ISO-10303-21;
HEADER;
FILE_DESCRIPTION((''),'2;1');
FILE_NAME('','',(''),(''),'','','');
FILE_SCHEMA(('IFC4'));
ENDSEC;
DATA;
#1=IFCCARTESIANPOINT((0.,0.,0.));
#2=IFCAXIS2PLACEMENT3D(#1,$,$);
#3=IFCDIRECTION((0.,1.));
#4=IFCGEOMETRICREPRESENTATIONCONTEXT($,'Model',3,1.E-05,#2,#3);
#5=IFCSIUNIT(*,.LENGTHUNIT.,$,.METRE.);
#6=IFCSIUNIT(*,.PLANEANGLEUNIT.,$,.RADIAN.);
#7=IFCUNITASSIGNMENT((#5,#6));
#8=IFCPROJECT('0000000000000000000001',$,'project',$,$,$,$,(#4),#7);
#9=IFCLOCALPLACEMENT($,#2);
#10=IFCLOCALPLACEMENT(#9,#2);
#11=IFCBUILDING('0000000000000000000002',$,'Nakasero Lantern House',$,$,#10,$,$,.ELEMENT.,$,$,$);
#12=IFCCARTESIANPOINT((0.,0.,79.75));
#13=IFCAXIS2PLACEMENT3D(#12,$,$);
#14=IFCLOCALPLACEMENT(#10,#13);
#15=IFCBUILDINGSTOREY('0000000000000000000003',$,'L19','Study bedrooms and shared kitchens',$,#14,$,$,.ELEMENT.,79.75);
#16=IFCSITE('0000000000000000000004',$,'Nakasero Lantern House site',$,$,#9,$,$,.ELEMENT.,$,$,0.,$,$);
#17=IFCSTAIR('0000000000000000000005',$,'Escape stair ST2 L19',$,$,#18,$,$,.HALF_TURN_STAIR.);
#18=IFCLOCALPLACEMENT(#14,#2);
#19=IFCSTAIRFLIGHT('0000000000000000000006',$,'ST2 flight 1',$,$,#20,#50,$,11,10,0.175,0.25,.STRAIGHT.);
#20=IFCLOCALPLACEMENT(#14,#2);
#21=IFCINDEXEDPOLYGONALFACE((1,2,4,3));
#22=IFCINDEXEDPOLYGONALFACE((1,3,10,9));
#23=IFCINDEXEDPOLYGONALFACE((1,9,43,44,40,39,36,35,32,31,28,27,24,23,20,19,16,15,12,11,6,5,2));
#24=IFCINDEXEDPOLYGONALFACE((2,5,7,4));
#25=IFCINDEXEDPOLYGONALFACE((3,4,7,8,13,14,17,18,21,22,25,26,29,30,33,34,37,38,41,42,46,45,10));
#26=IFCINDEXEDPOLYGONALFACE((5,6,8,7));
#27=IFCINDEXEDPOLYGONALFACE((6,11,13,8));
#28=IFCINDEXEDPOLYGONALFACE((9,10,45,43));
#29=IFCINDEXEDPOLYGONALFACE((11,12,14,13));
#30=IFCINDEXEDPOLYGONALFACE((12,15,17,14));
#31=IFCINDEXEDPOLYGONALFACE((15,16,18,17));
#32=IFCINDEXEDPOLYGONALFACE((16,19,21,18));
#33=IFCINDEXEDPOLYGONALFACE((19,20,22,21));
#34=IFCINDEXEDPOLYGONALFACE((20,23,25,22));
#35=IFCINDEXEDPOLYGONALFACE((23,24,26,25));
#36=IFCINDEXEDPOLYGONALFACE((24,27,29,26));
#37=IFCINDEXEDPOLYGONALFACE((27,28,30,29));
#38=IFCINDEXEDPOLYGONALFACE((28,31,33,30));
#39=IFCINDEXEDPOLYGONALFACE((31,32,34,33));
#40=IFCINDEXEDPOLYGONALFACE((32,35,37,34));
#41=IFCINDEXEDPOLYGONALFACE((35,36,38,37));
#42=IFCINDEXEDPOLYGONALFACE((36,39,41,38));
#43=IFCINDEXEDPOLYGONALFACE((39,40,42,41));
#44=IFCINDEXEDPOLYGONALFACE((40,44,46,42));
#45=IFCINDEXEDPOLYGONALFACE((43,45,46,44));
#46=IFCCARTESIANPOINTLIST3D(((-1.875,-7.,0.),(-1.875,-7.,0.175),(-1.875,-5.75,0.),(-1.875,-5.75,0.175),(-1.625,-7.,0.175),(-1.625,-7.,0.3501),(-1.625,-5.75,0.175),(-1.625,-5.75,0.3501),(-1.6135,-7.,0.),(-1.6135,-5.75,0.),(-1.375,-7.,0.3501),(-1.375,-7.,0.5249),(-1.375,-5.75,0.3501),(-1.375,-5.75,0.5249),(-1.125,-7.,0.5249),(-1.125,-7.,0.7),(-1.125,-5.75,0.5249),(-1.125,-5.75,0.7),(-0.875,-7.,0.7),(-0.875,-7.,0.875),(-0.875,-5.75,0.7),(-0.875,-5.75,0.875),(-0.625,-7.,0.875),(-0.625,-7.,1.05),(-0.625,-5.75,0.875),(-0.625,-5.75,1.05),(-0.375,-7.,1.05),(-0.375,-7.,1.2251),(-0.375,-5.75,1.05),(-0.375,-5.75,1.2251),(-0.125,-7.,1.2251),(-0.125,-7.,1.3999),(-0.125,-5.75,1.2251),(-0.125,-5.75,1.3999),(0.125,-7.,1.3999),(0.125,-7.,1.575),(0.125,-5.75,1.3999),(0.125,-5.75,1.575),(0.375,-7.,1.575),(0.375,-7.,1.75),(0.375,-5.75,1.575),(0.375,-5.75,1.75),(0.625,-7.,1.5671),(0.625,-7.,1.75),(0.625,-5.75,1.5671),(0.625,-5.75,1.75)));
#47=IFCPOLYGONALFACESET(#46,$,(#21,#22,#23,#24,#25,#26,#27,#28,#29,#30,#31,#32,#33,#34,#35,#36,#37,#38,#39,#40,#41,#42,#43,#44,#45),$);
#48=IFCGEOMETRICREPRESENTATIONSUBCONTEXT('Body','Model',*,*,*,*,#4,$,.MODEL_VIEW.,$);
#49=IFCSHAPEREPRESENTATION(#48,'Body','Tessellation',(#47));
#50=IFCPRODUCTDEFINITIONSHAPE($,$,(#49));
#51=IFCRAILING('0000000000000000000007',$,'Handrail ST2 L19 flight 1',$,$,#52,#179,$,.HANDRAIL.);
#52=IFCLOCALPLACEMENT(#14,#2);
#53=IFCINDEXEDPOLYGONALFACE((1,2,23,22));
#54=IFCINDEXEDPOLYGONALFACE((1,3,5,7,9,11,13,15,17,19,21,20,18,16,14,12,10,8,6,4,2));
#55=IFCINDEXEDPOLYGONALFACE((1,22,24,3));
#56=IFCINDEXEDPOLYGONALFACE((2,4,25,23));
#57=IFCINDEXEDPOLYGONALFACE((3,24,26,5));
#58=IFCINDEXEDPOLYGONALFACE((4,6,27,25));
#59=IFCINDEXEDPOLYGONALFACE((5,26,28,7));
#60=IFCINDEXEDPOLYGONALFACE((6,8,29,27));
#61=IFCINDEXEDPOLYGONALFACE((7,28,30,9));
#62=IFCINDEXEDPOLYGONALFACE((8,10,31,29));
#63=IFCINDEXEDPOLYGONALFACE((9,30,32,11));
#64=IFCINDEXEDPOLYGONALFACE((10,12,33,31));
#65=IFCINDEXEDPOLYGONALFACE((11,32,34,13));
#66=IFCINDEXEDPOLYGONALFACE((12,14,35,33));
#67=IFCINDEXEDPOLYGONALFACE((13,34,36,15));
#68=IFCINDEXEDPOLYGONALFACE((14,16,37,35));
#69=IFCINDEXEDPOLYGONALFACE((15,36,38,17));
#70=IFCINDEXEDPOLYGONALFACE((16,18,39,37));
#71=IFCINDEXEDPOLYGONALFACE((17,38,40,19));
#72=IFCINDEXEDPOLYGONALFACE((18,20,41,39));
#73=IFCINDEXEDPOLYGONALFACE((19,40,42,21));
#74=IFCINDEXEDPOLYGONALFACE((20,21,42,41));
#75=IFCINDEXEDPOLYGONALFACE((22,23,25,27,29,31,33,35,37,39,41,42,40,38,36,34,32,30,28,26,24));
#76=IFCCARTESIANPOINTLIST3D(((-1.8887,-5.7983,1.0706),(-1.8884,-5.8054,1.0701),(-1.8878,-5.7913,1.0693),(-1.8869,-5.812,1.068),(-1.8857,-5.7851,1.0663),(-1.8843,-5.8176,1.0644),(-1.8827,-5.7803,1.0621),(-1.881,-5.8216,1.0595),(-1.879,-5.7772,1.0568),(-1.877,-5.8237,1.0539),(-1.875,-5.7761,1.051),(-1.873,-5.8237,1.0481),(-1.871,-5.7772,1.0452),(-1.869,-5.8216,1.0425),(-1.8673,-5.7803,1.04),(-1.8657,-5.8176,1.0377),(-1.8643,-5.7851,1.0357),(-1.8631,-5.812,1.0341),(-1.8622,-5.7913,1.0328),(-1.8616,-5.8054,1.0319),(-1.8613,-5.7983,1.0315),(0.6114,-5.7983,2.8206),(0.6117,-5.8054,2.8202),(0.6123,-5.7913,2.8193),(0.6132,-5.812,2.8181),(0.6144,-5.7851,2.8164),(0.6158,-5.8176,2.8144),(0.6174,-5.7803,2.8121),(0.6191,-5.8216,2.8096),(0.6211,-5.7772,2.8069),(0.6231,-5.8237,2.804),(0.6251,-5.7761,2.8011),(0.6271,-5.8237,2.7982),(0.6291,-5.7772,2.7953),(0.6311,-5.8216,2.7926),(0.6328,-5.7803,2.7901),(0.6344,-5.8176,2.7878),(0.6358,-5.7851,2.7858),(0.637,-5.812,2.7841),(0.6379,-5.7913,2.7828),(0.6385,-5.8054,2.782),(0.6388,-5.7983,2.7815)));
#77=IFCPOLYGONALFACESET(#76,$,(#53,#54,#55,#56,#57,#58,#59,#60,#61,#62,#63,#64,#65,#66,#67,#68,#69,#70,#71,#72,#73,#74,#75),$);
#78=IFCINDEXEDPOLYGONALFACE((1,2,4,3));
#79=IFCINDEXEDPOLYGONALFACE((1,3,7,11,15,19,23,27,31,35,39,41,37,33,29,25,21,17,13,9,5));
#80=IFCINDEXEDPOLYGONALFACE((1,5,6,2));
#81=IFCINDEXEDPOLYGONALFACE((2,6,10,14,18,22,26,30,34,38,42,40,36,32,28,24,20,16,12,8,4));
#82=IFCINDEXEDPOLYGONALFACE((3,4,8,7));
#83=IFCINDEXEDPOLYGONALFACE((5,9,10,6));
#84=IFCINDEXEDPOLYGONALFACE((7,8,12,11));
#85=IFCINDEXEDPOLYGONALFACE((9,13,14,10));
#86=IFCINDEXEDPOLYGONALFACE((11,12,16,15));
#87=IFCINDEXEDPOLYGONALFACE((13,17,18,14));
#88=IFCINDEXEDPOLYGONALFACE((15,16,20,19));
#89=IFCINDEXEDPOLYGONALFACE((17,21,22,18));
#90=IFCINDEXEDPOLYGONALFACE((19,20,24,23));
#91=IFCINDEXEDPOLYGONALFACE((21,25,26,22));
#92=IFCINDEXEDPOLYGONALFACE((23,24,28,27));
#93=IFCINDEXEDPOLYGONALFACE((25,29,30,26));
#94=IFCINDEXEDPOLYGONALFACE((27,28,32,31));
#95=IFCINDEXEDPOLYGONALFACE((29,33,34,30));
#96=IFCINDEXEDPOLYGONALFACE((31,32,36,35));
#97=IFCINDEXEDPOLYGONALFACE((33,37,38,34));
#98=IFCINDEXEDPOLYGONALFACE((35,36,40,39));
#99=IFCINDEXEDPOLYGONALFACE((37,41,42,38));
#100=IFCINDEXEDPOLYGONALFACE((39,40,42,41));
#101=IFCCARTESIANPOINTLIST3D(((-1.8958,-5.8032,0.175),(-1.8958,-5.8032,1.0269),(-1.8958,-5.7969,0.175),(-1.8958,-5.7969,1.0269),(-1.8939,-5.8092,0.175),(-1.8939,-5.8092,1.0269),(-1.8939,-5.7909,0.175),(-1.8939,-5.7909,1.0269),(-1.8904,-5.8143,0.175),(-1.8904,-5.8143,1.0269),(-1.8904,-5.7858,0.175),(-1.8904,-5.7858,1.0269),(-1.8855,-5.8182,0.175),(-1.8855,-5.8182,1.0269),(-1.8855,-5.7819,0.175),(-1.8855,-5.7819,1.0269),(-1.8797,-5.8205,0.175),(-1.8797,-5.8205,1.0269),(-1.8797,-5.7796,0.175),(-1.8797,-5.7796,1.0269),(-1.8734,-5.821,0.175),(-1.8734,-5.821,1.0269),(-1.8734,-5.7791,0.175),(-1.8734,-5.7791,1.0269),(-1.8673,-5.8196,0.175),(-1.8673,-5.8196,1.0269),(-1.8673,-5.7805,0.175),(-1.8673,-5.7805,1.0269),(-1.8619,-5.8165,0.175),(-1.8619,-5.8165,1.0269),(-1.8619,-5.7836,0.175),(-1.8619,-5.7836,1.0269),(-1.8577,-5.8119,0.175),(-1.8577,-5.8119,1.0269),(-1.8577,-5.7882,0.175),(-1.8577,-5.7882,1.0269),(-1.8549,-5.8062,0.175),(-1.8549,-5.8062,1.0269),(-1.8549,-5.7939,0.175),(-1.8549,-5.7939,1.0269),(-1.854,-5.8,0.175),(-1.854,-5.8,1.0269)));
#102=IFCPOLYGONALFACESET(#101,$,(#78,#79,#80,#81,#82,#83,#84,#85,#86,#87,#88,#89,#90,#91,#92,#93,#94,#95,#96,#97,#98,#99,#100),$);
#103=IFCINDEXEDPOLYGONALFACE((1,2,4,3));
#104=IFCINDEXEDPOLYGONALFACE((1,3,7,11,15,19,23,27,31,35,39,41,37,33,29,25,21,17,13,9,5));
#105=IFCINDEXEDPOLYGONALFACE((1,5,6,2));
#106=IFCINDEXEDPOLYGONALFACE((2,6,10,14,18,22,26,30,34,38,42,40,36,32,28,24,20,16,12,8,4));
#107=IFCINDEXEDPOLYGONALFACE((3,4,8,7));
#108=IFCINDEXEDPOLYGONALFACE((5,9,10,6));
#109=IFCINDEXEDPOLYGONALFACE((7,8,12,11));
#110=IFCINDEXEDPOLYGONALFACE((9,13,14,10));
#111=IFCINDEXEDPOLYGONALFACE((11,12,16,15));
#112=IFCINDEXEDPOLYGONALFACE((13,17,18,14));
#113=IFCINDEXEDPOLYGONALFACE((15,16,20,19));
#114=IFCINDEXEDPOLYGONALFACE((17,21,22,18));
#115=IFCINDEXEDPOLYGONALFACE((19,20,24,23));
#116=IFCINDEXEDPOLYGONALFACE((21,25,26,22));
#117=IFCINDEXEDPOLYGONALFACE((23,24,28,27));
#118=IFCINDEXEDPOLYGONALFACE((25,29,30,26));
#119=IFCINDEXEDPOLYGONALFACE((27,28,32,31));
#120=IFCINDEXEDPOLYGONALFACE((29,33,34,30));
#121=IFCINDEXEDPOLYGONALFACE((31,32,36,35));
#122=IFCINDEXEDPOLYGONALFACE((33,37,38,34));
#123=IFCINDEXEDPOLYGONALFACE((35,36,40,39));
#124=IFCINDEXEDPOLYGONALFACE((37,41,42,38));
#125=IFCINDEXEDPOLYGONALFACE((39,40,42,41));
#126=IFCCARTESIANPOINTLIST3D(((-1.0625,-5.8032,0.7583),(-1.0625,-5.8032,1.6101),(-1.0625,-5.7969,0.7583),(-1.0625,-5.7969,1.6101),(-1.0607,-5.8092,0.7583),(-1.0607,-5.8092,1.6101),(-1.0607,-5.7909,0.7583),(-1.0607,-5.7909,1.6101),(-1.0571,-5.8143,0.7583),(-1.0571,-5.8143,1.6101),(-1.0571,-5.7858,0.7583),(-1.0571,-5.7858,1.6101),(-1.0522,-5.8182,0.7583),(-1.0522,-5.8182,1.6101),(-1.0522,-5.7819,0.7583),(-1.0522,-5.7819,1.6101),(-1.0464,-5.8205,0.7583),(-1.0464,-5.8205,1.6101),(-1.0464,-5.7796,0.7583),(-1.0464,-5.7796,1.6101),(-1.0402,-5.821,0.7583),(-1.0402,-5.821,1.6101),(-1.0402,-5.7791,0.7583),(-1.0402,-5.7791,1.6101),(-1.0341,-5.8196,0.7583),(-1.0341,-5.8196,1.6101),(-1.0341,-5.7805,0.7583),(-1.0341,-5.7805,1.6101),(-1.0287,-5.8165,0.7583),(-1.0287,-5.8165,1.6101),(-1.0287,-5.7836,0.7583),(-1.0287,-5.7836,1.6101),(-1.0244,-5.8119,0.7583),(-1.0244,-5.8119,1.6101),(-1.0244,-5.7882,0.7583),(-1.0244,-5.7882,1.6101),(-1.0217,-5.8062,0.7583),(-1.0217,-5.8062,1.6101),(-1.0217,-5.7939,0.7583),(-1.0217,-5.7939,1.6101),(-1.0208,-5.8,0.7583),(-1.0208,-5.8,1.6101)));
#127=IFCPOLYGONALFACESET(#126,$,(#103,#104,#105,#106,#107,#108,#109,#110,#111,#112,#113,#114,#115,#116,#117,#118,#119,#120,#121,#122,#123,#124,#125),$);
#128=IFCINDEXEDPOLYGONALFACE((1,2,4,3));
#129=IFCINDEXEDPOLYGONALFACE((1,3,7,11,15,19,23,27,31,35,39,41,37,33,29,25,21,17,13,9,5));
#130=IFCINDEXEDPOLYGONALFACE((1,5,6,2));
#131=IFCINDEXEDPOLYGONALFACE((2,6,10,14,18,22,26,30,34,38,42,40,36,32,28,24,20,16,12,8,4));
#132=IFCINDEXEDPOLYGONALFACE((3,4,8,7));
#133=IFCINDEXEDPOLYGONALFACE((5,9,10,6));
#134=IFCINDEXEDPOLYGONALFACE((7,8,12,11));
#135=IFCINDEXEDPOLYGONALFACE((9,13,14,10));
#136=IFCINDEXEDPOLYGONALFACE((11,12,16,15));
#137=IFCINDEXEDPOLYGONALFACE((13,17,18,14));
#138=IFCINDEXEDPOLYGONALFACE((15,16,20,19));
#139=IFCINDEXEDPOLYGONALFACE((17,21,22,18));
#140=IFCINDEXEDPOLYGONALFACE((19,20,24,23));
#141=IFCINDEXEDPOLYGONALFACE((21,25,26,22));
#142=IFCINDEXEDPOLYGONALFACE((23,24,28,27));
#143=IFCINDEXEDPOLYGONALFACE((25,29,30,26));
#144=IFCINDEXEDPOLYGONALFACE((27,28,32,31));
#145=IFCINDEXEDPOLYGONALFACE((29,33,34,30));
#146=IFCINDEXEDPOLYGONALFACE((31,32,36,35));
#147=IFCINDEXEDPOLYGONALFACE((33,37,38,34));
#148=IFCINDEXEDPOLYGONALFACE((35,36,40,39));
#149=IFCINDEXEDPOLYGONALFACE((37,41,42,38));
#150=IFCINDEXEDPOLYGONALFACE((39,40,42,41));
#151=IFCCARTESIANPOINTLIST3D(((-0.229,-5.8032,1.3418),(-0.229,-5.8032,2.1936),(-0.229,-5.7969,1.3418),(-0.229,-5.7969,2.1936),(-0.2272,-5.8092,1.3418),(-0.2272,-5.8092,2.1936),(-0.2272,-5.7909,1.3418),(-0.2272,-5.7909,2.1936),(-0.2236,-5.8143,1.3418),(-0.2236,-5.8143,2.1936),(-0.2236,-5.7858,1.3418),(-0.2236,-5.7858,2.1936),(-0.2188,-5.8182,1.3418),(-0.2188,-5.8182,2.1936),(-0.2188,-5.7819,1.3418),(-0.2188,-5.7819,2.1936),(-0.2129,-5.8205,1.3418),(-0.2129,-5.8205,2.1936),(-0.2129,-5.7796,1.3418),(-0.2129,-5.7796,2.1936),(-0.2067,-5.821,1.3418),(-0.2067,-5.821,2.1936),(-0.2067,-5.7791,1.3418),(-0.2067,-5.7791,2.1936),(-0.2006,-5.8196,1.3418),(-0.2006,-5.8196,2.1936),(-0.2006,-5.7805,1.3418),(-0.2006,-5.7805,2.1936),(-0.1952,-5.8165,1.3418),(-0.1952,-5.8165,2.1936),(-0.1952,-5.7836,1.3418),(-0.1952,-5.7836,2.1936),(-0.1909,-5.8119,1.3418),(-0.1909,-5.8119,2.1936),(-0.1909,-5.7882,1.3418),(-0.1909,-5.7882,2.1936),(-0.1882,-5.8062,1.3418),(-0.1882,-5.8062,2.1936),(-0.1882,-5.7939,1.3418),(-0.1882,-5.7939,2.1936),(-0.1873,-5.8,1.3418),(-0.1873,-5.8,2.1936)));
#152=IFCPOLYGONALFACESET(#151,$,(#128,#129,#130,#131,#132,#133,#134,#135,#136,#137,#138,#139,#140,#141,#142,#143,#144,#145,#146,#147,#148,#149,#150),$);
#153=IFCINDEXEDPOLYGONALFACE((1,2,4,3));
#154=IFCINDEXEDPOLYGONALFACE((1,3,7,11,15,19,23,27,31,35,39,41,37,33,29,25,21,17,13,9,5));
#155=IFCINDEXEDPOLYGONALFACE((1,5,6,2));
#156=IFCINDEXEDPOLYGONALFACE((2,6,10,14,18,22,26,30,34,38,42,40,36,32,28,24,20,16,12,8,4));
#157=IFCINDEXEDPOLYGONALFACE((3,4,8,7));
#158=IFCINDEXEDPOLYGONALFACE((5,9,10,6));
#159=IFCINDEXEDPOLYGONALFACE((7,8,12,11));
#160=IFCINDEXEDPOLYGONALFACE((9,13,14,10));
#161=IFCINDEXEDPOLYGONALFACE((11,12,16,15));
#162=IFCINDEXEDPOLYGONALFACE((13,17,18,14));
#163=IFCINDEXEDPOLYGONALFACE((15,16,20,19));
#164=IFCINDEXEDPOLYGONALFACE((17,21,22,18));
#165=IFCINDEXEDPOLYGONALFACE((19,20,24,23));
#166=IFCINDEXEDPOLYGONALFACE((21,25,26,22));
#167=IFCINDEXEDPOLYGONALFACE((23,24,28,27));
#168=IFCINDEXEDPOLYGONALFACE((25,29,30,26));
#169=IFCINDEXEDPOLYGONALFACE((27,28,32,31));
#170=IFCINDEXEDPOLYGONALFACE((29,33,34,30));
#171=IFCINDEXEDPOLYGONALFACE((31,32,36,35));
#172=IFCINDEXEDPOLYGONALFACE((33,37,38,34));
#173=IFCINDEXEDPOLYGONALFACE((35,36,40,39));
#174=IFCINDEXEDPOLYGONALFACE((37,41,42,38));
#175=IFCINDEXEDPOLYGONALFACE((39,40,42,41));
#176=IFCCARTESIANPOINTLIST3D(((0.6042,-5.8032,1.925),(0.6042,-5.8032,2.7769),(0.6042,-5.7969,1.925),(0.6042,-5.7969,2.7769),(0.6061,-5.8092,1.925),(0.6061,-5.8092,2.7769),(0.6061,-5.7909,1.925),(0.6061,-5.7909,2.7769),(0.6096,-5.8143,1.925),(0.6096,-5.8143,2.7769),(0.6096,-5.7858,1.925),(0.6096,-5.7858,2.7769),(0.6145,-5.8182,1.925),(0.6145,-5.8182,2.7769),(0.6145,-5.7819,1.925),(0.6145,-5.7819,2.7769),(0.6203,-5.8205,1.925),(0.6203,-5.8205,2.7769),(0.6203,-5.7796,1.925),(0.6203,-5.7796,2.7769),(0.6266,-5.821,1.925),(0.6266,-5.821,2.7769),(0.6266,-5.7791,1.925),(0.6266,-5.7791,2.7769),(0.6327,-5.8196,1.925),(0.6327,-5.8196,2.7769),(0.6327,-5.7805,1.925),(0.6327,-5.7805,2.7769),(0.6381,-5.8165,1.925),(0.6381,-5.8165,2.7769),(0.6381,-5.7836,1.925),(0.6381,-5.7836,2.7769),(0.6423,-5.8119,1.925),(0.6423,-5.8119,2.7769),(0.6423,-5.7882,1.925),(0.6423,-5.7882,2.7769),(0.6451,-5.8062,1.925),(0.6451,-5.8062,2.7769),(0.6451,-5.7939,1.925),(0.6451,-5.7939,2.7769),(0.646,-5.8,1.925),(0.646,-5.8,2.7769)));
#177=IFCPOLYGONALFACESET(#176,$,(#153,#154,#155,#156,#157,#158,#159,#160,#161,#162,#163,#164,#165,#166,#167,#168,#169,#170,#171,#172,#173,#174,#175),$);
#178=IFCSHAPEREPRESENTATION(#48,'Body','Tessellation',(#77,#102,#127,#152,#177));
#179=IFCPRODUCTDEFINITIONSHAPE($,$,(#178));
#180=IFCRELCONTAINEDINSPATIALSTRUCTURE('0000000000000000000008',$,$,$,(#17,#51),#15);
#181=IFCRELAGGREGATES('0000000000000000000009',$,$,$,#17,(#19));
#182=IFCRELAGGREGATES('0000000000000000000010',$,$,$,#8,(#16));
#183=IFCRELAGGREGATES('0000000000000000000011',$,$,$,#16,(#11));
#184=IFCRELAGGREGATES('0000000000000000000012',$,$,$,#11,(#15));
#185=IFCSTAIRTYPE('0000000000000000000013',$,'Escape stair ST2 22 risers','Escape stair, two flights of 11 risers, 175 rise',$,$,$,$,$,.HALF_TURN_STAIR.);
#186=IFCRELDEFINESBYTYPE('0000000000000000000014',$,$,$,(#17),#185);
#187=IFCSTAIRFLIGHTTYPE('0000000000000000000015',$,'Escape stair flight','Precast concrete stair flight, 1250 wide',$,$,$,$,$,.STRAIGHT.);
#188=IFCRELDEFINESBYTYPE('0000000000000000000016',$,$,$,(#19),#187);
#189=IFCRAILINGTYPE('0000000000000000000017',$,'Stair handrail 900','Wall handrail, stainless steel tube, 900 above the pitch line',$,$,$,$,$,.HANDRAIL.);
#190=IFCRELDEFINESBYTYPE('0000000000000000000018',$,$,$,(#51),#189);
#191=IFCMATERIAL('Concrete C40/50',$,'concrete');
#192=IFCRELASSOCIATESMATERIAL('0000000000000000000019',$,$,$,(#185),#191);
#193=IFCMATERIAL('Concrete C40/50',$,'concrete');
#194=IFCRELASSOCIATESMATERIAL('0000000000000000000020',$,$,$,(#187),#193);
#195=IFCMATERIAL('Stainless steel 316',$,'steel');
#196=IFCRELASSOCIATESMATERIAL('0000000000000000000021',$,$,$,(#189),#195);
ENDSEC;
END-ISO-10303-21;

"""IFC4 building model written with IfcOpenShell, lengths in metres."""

from ifc_helpers import new_model, si_unit, direction, frame, origin, origin_2d, place, context, subcontext, project, spatial, polyline, circle, outline, extrude, material, type_object, element, aggregate, save


model = new_model("IFC4")

# Units and contexts
model_context = context("Model", 3, precision=1e-05, world=origin(), true_north=direction((0.0, 1.0)))
body_context = subcontext(model_context, "Body", "Model", "MODEL_VIEW")
ifc_project = project(units=[si_unit("LENGTHUNIT", "METRE"), si_unit("PLANEANGLEUNIT", "RADIAN")], contexts=[model_context])

# Site, building, storey
site_placement = place(None, origin())
site = spatial("IfcSite", under=ifc_project, at=site_placement, Name="Nakasero Lantern House site", CompositionType="ELEMENT", RefElevation=0.0)
building_placement = place(site_placement, origin())
building = spatial("IfcBuilding", under=site, at=building_placement, Name="Nakasero Lantern House", CompositionType="ELEMENT")
storey_placement = place(building_placement, frame((0.0, 0.0, 79.75)))
storey = spatial("IfcBuildingStorey", under=building, at=storey_placement, Name="L19", Description="Study bedrooms and shared kitchens", CompositionType="ELEMENT", Elevation=79.75)

# Stair, stair flight
ifc_material_1 = material(Name="Concrete C40/50", Category="concrete")
stair_type = type_object("IfcStairType", Name="Escape stair ST2 22 risers", Description="Escape stair, two flights of 11 risers, 175 rise", PredefinedType="HALF_TURN_STAIR", material=ifc_material_1)
stair_placement = place(storey_placement, origin())
stair = element("IfcStair", 1, at=stair_placement, inside=storey, type_object=stair_type, Name="Escape stair ST2 L19", PredefinedType="HALF_TURN_STAIR")
ifc_material_2 = material(Name="Concrete C40/50", Category="concrete")
stair_flight_type = type_object("IfcStairFlightType", Name="Escape stair flight", Description="Precast concrete stair flight, 1250 wide", PredefinedType="STRAIGHT", material=ifc_material_2)
stair_flight_placement = place(storey_placement, frame((-1.875, -6.375, 0.0), z_axis=(0.0, 0.0, 1.0), x_axis=(1.0, 0.0, 0.0)))
stair_flight = element("IfcStairFlight", 2, at=stair_flight_placement, type_object=stair_flight_type, Name="ST2 flight 1", NumberOfRisers=11, NumberOfTreads=10, PredefinedType="STRAIGHT", RiserHeight=0.175, TreadLength=0.25, context=body_context, shape_type="SweptSolid", body=[
    extrude(outline(polyline([(0.0, 0.0), (0.0, 0.175), (0.25, 0.175), (0.25, 0.3501), (0.5, 0.3501), (0.5, 0.5249), (0.75, 0.5249), (0.75, 0.7), (1.0, 0.7), (1.0, 0.875), (1.25, 0.875), (1.25, 1.05), (1.5, 1.05), (1.5, 1.2251), (1.75, 1.2251), (1.75, 1.3999), (2.0, 1.3999), (2.0, 1.575), (2.25, 1.575), (2.25, 1.75), (2.5, 1.75), (2.5, 1.925), (2.5, 1.5671), (0.2615, 0.0), (0.0, 0.0)])), frame((0.0, 0.625, 0.0), z_axis=(0.0, -1.0, 0.0), x_axis=(1.0, 0.0, 0.0)), (0.0, 0.0, 1.0), 1.25),
])
aggregate(stair, [stair_flight])

# Railing
ifc_material_3 = material(Name="Stainless steel 316", Category="steel")
railing_type = type_object("IfcRailingType", Name="Stair handrail 900", Description="Wall handrail, stainless steel tube, 900 above the pitch line", PredefinedType="HANDRAIL", material=ifc_material_3)
railing_placement = place(storey_placement, frame((-1.875, -5.8, 0.175)))
element("IfcRailing", 3, at=railing_placement, inside=storey, type_object=railing_type, Name="Handrail ST2 L19 flight 1", PredefinedType="HANDRAIL", context=body_context, shape_type="SweptSolid", body=[
    extrude(circle(Radius=0.0239, at=origin_2d()), frame((0.0, 0.0, 0.876), z_axis=(0.819232, 0.0, 0.573462), x_axis=(0.0, 1.0, 0.0)), (0.0, 0.0, 1.0), 3.0518),
    extrude(circle(Radius=0.021, at=origin_2d()), origin(), (0.0, 0.0, 1.0), 0.8518),
    extrude(circle(Radius=0.021, at=origin_2d()), frame((0.8333, 0.0, 0.5833)), (0.0, 0.0, 1.0), 0.8518),
    extrude(circle(Radius=0.021, at=origin_2d()), frame((1.6667, 0.0, 1.1667)), (0.0, 0.0, 1.0), 0.8518),
    extrude(circle(Radius=0.021, at=origin_2d()), frame((2.5, 0.0, 1.75)), (0.0, 0.0, 1.0), 0.8518),
])

save(model, "model.ifc")
